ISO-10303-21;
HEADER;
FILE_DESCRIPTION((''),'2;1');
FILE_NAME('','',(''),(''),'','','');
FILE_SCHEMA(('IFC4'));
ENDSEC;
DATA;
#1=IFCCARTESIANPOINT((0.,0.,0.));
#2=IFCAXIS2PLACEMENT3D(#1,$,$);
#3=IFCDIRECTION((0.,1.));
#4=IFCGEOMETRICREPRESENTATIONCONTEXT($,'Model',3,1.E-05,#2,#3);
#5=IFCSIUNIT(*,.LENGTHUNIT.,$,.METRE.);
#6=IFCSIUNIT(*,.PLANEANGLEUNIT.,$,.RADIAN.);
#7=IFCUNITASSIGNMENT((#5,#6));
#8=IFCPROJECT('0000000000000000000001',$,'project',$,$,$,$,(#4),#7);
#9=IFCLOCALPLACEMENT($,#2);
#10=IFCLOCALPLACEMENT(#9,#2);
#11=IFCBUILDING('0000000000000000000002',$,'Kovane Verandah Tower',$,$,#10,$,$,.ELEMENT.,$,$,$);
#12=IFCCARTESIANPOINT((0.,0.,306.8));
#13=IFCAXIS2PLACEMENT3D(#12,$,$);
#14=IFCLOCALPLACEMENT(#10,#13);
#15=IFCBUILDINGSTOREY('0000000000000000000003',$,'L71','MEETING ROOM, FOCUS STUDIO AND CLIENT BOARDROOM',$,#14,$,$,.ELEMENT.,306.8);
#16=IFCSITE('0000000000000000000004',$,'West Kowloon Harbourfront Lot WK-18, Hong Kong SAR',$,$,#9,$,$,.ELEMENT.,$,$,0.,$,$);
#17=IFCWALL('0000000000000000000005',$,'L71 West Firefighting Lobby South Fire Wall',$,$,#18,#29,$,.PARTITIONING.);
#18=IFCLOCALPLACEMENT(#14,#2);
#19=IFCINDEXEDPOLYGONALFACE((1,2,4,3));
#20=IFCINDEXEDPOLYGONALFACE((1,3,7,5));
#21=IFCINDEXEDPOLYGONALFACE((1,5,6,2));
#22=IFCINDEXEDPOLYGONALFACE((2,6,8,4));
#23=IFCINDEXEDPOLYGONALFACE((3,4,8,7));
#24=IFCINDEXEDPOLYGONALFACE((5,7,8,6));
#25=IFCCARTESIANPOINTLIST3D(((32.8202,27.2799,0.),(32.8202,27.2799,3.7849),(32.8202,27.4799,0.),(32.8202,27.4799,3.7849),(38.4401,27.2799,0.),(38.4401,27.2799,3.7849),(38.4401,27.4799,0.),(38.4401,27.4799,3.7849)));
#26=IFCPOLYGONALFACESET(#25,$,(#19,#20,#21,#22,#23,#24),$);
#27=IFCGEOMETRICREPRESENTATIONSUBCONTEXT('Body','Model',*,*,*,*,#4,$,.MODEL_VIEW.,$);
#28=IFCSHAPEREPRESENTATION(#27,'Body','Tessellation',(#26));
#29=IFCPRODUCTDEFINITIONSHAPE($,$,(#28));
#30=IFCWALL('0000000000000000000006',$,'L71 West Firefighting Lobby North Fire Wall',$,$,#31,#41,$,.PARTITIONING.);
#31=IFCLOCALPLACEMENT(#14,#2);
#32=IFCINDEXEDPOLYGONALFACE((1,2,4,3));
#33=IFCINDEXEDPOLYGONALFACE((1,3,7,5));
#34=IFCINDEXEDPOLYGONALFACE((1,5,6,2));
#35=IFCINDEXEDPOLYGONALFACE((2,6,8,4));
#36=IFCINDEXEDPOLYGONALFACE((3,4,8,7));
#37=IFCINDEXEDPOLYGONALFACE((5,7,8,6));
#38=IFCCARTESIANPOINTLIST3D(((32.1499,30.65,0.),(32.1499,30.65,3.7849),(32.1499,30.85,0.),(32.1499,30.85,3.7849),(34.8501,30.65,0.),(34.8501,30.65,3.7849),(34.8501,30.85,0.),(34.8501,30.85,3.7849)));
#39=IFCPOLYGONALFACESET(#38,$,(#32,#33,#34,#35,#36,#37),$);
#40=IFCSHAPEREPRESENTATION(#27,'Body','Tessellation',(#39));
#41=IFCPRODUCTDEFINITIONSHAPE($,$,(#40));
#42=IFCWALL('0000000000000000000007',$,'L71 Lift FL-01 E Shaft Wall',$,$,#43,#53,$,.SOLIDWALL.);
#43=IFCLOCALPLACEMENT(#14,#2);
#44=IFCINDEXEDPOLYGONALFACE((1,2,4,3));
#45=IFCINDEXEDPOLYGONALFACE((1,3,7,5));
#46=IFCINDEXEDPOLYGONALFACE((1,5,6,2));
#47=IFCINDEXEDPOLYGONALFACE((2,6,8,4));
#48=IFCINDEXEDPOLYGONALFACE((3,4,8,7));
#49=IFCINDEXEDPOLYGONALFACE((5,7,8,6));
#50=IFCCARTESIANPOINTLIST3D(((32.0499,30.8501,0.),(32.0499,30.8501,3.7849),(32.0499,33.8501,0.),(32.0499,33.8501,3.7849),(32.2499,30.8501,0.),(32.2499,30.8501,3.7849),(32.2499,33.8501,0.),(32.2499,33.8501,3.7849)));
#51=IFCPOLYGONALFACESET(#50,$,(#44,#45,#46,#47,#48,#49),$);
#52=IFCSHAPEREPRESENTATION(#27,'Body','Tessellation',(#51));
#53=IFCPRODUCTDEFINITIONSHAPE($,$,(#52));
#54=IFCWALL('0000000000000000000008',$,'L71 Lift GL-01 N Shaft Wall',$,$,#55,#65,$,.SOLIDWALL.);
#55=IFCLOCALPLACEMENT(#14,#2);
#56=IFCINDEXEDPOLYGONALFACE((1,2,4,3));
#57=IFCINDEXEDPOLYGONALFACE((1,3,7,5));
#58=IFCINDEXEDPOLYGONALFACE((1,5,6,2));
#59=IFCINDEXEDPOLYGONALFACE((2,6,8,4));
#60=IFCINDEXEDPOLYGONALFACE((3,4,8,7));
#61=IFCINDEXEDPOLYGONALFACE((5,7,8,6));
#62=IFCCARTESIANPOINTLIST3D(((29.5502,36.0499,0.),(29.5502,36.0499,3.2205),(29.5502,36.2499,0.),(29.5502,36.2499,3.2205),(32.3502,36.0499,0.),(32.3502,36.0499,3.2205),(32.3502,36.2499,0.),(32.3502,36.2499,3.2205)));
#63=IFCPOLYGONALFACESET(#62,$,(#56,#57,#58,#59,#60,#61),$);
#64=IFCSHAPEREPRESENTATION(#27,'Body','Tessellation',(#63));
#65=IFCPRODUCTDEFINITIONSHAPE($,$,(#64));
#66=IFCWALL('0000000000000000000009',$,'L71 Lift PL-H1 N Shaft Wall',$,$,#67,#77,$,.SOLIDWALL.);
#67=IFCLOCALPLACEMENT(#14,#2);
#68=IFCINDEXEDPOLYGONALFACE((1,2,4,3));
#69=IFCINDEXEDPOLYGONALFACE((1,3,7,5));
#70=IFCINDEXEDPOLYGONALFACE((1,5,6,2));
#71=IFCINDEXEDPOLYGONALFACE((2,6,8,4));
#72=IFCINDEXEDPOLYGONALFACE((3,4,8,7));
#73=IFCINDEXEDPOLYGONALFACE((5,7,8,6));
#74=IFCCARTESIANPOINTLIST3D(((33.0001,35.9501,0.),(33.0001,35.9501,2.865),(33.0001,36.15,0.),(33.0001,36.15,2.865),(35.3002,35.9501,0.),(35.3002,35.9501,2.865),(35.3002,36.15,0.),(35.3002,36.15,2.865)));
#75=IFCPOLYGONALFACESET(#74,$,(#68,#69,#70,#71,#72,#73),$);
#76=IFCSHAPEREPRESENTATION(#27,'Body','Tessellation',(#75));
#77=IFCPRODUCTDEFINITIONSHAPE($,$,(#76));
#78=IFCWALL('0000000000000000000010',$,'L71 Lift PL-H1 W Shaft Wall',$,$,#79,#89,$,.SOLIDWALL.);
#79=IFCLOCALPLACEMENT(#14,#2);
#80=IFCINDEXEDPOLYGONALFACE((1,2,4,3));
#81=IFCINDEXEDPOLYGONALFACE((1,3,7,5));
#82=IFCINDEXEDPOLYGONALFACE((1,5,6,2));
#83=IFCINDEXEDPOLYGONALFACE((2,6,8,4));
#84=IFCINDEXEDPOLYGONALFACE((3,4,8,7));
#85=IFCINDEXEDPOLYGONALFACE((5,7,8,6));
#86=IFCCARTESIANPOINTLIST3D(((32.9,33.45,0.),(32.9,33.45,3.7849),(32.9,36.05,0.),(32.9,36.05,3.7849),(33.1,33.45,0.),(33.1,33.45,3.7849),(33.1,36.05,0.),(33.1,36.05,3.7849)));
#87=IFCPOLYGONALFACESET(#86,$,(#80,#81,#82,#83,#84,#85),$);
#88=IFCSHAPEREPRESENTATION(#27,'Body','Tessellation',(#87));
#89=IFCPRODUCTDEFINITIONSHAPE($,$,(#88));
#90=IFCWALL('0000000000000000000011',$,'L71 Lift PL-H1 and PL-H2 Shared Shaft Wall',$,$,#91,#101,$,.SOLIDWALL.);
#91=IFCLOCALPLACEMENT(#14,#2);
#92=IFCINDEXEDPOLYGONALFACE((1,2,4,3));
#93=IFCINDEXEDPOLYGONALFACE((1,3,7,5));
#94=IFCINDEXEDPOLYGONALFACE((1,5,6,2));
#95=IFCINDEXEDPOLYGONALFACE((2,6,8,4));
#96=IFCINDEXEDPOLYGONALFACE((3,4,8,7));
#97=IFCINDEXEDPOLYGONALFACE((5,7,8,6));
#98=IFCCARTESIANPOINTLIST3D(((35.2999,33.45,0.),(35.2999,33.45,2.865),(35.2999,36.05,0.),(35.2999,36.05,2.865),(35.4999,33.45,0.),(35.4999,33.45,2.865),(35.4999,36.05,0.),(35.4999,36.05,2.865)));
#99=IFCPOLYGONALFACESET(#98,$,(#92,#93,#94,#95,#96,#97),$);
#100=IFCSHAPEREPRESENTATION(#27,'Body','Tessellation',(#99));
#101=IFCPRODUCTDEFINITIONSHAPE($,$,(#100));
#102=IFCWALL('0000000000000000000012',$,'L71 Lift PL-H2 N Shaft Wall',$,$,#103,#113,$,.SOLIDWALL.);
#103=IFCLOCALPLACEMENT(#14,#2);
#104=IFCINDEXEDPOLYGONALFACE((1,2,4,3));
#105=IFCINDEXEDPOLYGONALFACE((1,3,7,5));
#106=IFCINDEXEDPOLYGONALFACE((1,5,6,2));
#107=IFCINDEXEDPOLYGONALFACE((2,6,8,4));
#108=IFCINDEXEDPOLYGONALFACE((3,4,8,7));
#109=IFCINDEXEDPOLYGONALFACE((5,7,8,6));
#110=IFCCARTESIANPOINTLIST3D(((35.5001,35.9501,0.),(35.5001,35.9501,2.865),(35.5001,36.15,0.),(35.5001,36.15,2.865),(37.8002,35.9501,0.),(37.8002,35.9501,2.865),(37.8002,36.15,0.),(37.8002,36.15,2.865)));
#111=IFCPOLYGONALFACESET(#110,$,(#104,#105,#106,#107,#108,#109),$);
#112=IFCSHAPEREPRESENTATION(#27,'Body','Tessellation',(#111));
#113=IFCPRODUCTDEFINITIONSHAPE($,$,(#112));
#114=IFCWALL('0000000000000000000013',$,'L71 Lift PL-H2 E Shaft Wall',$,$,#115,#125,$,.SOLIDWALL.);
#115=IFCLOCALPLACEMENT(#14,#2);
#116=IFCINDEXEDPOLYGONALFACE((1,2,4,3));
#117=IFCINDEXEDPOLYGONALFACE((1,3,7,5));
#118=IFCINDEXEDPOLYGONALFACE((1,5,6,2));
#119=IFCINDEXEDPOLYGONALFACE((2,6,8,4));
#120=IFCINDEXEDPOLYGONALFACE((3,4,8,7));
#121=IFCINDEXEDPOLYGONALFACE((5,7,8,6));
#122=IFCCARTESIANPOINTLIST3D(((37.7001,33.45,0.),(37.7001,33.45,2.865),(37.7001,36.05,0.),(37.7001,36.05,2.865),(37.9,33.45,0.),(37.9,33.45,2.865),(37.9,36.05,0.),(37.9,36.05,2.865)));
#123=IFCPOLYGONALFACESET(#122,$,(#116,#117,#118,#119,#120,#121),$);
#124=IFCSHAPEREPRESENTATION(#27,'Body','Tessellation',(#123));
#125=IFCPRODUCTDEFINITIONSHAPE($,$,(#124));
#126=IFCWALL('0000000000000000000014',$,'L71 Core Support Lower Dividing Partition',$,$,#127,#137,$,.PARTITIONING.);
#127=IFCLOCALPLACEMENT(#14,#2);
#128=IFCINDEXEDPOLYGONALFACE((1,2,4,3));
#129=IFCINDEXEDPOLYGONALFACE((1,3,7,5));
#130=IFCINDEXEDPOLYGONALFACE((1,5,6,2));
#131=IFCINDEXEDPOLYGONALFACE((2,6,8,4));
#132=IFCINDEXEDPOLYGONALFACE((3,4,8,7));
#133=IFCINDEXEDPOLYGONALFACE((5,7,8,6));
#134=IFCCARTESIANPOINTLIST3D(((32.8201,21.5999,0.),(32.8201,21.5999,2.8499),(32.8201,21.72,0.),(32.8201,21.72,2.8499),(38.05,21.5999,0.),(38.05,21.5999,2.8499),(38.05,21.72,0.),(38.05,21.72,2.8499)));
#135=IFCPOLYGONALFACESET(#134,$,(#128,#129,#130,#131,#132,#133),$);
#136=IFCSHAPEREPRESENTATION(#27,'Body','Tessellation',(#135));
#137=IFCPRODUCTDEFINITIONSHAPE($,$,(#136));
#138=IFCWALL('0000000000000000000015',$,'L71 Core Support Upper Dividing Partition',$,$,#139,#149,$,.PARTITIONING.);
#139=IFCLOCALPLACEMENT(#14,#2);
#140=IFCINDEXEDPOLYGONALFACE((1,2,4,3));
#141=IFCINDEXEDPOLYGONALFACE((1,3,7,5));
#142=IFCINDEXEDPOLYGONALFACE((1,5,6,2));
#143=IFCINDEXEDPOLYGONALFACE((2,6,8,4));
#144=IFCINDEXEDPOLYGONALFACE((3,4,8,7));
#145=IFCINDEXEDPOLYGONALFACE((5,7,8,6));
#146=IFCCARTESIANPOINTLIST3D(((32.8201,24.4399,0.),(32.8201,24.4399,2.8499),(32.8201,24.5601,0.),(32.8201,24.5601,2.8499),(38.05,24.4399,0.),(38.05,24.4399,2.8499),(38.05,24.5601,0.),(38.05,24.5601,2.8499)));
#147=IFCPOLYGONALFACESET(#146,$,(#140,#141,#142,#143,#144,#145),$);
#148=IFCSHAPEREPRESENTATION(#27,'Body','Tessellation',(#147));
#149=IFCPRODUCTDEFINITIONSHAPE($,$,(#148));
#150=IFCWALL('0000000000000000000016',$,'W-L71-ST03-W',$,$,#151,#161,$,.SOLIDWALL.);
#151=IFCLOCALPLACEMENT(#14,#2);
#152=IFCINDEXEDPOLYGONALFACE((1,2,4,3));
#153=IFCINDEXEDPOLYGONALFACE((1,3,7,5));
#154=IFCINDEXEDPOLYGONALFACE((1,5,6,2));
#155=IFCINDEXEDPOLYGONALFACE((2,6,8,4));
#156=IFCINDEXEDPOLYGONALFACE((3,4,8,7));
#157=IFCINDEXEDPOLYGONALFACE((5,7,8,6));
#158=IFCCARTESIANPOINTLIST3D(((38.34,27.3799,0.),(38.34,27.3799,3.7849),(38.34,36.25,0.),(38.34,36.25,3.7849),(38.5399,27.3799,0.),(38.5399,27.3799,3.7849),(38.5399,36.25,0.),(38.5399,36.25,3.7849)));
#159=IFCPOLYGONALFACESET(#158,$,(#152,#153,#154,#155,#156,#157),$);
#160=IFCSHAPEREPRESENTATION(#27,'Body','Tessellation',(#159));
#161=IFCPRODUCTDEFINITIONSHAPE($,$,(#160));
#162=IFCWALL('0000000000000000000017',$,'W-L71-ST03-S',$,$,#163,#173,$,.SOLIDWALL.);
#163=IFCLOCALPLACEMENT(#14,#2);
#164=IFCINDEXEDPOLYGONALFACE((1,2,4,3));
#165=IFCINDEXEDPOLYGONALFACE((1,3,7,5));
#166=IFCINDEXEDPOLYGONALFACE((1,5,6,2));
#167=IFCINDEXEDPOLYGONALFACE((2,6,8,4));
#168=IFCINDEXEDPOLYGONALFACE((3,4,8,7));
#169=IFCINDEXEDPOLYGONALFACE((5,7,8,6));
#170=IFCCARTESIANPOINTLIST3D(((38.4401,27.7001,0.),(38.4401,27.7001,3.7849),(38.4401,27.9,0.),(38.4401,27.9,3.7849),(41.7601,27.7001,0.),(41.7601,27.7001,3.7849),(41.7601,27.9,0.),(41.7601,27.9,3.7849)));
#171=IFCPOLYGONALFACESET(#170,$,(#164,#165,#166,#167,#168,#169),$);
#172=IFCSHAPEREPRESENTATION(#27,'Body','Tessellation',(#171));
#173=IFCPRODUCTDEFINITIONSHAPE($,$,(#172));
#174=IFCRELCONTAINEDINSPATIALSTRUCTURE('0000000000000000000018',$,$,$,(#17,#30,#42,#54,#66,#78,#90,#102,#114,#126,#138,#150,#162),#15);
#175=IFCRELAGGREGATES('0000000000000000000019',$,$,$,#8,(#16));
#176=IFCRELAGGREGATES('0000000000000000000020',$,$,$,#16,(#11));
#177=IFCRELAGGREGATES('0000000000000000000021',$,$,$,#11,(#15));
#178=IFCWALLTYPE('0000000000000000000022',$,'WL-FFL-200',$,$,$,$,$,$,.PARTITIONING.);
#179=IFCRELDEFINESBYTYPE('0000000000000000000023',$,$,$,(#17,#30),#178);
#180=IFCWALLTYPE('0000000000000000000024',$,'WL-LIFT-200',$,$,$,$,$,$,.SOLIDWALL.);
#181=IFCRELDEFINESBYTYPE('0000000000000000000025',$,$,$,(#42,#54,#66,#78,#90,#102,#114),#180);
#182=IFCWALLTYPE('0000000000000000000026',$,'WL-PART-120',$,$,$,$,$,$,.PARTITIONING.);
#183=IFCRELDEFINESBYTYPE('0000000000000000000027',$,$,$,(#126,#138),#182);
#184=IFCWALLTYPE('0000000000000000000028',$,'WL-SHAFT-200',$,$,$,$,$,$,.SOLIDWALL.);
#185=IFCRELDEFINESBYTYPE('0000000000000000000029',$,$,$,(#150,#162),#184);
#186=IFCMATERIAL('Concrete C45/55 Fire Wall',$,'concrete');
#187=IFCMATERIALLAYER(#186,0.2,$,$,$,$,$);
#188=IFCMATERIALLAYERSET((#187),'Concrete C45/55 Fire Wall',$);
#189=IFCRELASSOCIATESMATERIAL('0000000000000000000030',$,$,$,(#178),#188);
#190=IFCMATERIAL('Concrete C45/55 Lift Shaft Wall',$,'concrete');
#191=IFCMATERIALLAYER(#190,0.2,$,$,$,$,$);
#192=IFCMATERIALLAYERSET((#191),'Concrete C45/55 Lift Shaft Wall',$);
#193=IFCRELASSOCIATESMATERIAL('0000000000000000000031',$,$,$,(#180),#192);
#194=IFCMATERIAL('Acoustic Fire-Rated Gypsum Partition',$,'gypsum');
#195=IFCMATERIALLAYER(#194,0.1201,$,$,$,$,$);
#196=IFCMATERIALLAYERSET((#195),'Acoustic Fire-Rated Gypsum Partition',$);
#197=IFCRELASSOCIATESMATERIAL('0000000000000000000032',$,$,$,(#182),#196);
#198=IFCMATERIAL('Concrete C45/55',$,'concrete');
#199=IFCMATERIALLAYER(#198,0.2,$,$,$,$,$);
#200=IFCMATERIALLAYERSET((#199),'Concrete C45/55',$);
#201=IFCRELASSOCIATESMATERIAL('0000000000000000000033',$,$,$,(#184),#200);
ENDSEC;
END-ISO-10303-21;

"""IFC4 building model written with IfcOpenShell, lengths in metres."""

from ifc_helpers import new_model, si_unit, direction, frame, frame_2d, origin, place, context, subcontext, project, spatial, rectangle, extrude, material, layer, layer_set, type_object, element, save


model = new_model("IFC4")

# Units and contexts
model_context = context("Model", 3, precision=1e-05, world=origin(), true_north=direction((0.0, 1.0)))
body_context = subcontext(model_context, "Body", "Model", "MODEL_VIEW")
ifc_project = project(units=[si_unit("LENGTHUNIT", "METRE"), si_unit("PLANEANGLEUNIT", "RADIAN")], contexts=[model_context])

# Site, building, storey
site_placement = place(None, origin())
site = spatial("IfcSite", under=ifc_project, at=site_placement, Name="West Kowloon Harbourfront Lot WK-18, Hong Kong SAR", CompositionType="ELEMENT", RefElevation=0.0)
building_placement = place(site_placement, origin())
building = spatial("IfcBuilding", under=site, at=building_placement, Name="Kovane Verandah Tower", CompositionType="ELEMENT")
storey_placement = place(building_placement, frame((0.0, 0.0, 306.8)))
storey = spatial("IfcBuildingStorey", under=building, at=storey_placement, Name="L71", Description="MEETING ROOM, FOCUS STUDIO AND CLIENT BOARDROOM", CompositionType="ELEMENT", Elevation=306.8)

# Shared definitions
ifc_material_1 = material(Name="Concrete C45/55 Fire Wall", Category="concrete")
ifc_layer_1 = layer(ifc_material_1, 0.2)
ifc_layer_set_1 = layer_set([ifc_layer_1], Name="Concrete C45/55 Fire Wall")
wall_type_1 = type_object("IfcWallType", Name="WL-FFL-200", PredefinedType="PARTITIONING", material=ifc_layer_set_1)

# Walls
wall_1_placement = place(storey_placement, frame((32.8201, 27.3799, 0.0), z_axis=(0.0, 0.0, 1.0), x_axis=(1.0, 0.0, 0.0)))
element("IfcWall", 1, at=wall_1_placement, inside=storey, type_object=wall_type_1, Name="L71 West Firefighting Lobby South Fire Wall", PredefinedType="PARTITIONING", context=body_context, shape_type="SweptSolid", body=[
    extrude(rectangle(XDim=5.6199, YDim=0.2, at=frame_2d((2.8101, 0.0))), origin(), (0.0, 0.0, 1.0), 3.7849),
])
wall_2_placement = place(storey_placement, frame((32.1499, 30.75, 0.0), z_axis=(0.0, 0.0, 1.0), x_axis=(1.0, 0.0, 0.0)))
element("IfcWall", 2, at=wall_2_placement, inside=storey, type_object=wall_type_1, Name="L71 West Firefighting Lobby North Fire Wall", PredefinedType="PARTITIONING", context=body_context, shape_type="SweptSolid", body=[
    extrude(rectangle(XDim=2.7002, YDim=0.2, at=frame_2d((1.3501, 0.0))), origin(), (0.0, 0.0, 1.0), 3.7849),
])
ifc_material_2 = material(Name="Concrete C45/55 Lift Shaft Wall", Category="concrete")
ifc_layer_2 = layer(ifc_material_2, 0.2)
ifc_layer_set_2 = layer_set([ifc_layer_2], Name="Concrete C45/55 Lift Shaft Wall")
wall_type_2 = type_object("IfcWallType", Name="WL-LIFT-200", PredefinedType="SOLIDWALL", material=ifc_layer_set_2)
wall_3_placement = place(storey_placement, frame((32.1499, 30.8501, 0.0), z_axis=(0.0, 0.0, 1.0), x_axis=(0.0, 1.0, 0.0)))
element("IfcWall", 3, at=wall_3_placement, inside=storey, type_object=wall_type_2, Name="L71 Lift FL-01 E Shaft Wall", PredefinedType="SOLIDWALL", context=body_context, shape_type="SweptSolid", body=[
    extrude(rectangle(XDim=3.0, YDim=0.2, at=frame_2d((1.5, 0.0))), origin(), (0.0, 0.0, 1.0), 3.7849),
])
wall_4_placement = place(storey_placement, frame((32.3501, 36.1499, 0.0), z_axis=(0.0, 0.0, 1.0), x_axis=(-1.0, 0.0, 0.0)))
element("IfcWall", 4, at=wall_4_placement, inside=storey, type_object=wall_type_2, Name="L71 Lift GL-01 N Shaft Wall", PredefinedType="SOLIDWALL", context=body_context, shape_type="SweptSolid", body=[
    extrude(rectangle(XDim=2.8, YDim=0.2, at=frame_2d((1.3999, 0.0))), origin(), (0.0, 0.0, 1.0), 3.2205),
])

# Walls
wall_5_placement = place(storey_placement, frame((35.3, 36.05, 0.0), z_axis=(0.0, 0.0, 1.0), x_axis=(-1.0, 0.0, 0.0)))
element("IfcWall", 5, at=wall_5_placement, inside=storey, type_object=wall_type_2, Name="L71 Lift PL-H1 N Shaft Wall", PredefinedType="SOLIDWALL", context=body_context, shape_type="SweptSolid", body=[
    extrude(rectangle(XDim=2.3, YDim=0.2, at=frame_2d((1.1499, 0.0))), origin(), (0.0, 0.0, 1.0), 2.865),
])
wall_6_placement = place(storey_placement, frame((33.0, 36.05, 0.0), z_axis=(0.0, 0.0, 1.0), x_axis=(0.0, -1.0, 0.0)))
element("IfcWall", 6, at=wall_6_placement, inside=storey, type_object=wall_type_2, Name="L71 Lift PL-H1 W Shaft Wall", PredefinedType="SOLIDWALL", context=body_context, shape_type="SweptSolid", body=[
    extrude(rectangle(XDim=2.6001, YDim=0.2, at=frame_2d((1.3, 0.0))), origin(), (0.0, 0.0, 1.0), 3.7849),
])
wall_7_placement = place(storey_placement, frame((35.3999, 33.45, 0.0), z_axis=(0.0, 0.0, 1.0), x_axis=(0.0, 1.0, 0.0)))
element("IfcWall", 7, at=wall_7_placement, inside=storey, type_object=wall_type_2, Name="L71 Lift PL-H1 and PL-H2 Shared Shaft Wall", PredefinedType="SOLIDWALL", context=body_context, shape_type="SweptSolid", body=[
    extrude(rectangle(XDim=2.6001, YDim=0.2, at=frame_2d((1.3, 0.0))), origin(), (0.0, 0.0, 1.0), 2.865),
])

# Walls
wall_8_placement = place(storey_placement, frame((37.8, 36.05, 0.0), z_axis=(0.0, 0.0, 1.0), x_axis=(-1.0, 0.0, 0.0)))
element("IfcWall", 8, at=wall_8_placement, inside=storey, type_object=wall_type_2, Name="L71 Lift PL-H2 N Shaft Wall", PredefinedType="SOLIDWALL", context=body_context, shape_type="SweptSolid", body=[
    extrude(rectangle(XDim=2.3, YDim=0.2, at=frame_2d((1.1499, 0.0))), origin(), (0.0, 0.0, 1.0), 2.865),
])
wall_9_placement = place(storey_placement, frame((37.8, 33.45, 0.0), z_axis=(0.0, 0.0, 1.0), x_axis=(0.0, 1.0, 0.0)))
element("IfcWall", 9, at=wall_9_placement, inside=storey, type_object=wall_type_2, Name="L71 Lift PL-H2 E Shaft Wall", PredefinedType="SOLIDWALL", context=body_context, shape_type="SweptSolid", body=[
    extrude(rectangle(XDim=2.6001, YDim=0.2, at=frame_2d((1.3, 0.0))), origin(), (0.0, 0.0, 1.0), 2.865),
])
ifc_material_3 = material(Name="Acoustic Fire-Rated Gypsum Partition", Category="gypsum")
ifc_layer_3 = layer(ifc_material_3, 0.1201)
ifc_layer_set_3 = layer_set([ifc_layer_3], Name="Acoustic Fire-Rated Gypsum Partition")
wall_type_3 = type_object("IfcWallType", Name="WL-PART-120", PredefinedType="PARTITIONING", material=ifc_layer_set_3)
for number, where, z_axis, x_axis, name in (
    (10, (32.8201, 21.6599, 0.0), (0.0, 0.0, 1.0), (1.0, 0.0, 0.0), "L71 Core Support Lower Dividing Partition"),
    (11, (32.8201, 24.5, 0.0), (0.0, 0.0, 1.0), (1.0, 0.0, 0.0), "L71 Core Support Upper Dividing Partition"),
):
    element("IfcWall", number, at=place(storey_placement, frame(where, z_axis=z_axis, x_axis=x_axis)), inside=storey, type_object=wall_type_3, Name=name, PredefinedType="PARTITIONING", context=body_context, shape_type="SweptSolid", body=[
        extrude(rectangle(XDim=5.23, YDim=0.1201, at=frame_2d((2.615, 0.0))), origin(), (0.0, 0.0, 1.0), 2.8499),
    ])
ifc_material_4 = material(Name="Concrete C45/55", Category="concrete")
ifc_layer_4 = layer(ifc_material_4, 0.2)
ifc_layer_set_4 = layer_set([ifc_layer_4], Name="Concrete C45/55")
wall_type_4 = type_object("IfcWallType", Name="WL-SHAFT-200", PredefinedType="SOLIDWALL", material=ifc_layer_set_4)
wall_10_placement = place(storey_placement, frame((38.4399, 27.3799, 0.0), z_axis=(0.0, 0.0, 1.0), x_axis=(0.0, 1.0, 0.0)))
element("IfcWall", 12, at=wall_10_placement, inside=storey, type_object=wall_type_4, Name="W-L71-ST03-W", PredefinedType="SOLIDWALL", context=body_context, shape_type="SweptSolid", body=[
    extrude(rectangle(XDim=8.8701, YDim=0.2, at=frame_2d((4.4351, 0.0))), origin(), (0.0, 0.0, 1.0), 3.7849),
])
wall_11_placement = place(storey_placement, frame((38.4399, 27.8, 0.0), z_axis=(0.0, 0.0, 1.0), x_axis=(1.0, 0.0, 0.0)))
element("IfcWall", 13, at=wall_11_placement, inside=storey, type_object=wall_type_4, Name="W-L71-ST03-S", PredefinedType="SOLIDWALL", context=body_context, shape_type="SweptSolid", body=[
    extrude(rectangle(XDim=3.3201, YDim=0.2, at=frame_2d((1.6602, 0.0))), origin(), (0.0, 0.0, 1.0), 3.7849),
])

save(model, "model.ifc")
